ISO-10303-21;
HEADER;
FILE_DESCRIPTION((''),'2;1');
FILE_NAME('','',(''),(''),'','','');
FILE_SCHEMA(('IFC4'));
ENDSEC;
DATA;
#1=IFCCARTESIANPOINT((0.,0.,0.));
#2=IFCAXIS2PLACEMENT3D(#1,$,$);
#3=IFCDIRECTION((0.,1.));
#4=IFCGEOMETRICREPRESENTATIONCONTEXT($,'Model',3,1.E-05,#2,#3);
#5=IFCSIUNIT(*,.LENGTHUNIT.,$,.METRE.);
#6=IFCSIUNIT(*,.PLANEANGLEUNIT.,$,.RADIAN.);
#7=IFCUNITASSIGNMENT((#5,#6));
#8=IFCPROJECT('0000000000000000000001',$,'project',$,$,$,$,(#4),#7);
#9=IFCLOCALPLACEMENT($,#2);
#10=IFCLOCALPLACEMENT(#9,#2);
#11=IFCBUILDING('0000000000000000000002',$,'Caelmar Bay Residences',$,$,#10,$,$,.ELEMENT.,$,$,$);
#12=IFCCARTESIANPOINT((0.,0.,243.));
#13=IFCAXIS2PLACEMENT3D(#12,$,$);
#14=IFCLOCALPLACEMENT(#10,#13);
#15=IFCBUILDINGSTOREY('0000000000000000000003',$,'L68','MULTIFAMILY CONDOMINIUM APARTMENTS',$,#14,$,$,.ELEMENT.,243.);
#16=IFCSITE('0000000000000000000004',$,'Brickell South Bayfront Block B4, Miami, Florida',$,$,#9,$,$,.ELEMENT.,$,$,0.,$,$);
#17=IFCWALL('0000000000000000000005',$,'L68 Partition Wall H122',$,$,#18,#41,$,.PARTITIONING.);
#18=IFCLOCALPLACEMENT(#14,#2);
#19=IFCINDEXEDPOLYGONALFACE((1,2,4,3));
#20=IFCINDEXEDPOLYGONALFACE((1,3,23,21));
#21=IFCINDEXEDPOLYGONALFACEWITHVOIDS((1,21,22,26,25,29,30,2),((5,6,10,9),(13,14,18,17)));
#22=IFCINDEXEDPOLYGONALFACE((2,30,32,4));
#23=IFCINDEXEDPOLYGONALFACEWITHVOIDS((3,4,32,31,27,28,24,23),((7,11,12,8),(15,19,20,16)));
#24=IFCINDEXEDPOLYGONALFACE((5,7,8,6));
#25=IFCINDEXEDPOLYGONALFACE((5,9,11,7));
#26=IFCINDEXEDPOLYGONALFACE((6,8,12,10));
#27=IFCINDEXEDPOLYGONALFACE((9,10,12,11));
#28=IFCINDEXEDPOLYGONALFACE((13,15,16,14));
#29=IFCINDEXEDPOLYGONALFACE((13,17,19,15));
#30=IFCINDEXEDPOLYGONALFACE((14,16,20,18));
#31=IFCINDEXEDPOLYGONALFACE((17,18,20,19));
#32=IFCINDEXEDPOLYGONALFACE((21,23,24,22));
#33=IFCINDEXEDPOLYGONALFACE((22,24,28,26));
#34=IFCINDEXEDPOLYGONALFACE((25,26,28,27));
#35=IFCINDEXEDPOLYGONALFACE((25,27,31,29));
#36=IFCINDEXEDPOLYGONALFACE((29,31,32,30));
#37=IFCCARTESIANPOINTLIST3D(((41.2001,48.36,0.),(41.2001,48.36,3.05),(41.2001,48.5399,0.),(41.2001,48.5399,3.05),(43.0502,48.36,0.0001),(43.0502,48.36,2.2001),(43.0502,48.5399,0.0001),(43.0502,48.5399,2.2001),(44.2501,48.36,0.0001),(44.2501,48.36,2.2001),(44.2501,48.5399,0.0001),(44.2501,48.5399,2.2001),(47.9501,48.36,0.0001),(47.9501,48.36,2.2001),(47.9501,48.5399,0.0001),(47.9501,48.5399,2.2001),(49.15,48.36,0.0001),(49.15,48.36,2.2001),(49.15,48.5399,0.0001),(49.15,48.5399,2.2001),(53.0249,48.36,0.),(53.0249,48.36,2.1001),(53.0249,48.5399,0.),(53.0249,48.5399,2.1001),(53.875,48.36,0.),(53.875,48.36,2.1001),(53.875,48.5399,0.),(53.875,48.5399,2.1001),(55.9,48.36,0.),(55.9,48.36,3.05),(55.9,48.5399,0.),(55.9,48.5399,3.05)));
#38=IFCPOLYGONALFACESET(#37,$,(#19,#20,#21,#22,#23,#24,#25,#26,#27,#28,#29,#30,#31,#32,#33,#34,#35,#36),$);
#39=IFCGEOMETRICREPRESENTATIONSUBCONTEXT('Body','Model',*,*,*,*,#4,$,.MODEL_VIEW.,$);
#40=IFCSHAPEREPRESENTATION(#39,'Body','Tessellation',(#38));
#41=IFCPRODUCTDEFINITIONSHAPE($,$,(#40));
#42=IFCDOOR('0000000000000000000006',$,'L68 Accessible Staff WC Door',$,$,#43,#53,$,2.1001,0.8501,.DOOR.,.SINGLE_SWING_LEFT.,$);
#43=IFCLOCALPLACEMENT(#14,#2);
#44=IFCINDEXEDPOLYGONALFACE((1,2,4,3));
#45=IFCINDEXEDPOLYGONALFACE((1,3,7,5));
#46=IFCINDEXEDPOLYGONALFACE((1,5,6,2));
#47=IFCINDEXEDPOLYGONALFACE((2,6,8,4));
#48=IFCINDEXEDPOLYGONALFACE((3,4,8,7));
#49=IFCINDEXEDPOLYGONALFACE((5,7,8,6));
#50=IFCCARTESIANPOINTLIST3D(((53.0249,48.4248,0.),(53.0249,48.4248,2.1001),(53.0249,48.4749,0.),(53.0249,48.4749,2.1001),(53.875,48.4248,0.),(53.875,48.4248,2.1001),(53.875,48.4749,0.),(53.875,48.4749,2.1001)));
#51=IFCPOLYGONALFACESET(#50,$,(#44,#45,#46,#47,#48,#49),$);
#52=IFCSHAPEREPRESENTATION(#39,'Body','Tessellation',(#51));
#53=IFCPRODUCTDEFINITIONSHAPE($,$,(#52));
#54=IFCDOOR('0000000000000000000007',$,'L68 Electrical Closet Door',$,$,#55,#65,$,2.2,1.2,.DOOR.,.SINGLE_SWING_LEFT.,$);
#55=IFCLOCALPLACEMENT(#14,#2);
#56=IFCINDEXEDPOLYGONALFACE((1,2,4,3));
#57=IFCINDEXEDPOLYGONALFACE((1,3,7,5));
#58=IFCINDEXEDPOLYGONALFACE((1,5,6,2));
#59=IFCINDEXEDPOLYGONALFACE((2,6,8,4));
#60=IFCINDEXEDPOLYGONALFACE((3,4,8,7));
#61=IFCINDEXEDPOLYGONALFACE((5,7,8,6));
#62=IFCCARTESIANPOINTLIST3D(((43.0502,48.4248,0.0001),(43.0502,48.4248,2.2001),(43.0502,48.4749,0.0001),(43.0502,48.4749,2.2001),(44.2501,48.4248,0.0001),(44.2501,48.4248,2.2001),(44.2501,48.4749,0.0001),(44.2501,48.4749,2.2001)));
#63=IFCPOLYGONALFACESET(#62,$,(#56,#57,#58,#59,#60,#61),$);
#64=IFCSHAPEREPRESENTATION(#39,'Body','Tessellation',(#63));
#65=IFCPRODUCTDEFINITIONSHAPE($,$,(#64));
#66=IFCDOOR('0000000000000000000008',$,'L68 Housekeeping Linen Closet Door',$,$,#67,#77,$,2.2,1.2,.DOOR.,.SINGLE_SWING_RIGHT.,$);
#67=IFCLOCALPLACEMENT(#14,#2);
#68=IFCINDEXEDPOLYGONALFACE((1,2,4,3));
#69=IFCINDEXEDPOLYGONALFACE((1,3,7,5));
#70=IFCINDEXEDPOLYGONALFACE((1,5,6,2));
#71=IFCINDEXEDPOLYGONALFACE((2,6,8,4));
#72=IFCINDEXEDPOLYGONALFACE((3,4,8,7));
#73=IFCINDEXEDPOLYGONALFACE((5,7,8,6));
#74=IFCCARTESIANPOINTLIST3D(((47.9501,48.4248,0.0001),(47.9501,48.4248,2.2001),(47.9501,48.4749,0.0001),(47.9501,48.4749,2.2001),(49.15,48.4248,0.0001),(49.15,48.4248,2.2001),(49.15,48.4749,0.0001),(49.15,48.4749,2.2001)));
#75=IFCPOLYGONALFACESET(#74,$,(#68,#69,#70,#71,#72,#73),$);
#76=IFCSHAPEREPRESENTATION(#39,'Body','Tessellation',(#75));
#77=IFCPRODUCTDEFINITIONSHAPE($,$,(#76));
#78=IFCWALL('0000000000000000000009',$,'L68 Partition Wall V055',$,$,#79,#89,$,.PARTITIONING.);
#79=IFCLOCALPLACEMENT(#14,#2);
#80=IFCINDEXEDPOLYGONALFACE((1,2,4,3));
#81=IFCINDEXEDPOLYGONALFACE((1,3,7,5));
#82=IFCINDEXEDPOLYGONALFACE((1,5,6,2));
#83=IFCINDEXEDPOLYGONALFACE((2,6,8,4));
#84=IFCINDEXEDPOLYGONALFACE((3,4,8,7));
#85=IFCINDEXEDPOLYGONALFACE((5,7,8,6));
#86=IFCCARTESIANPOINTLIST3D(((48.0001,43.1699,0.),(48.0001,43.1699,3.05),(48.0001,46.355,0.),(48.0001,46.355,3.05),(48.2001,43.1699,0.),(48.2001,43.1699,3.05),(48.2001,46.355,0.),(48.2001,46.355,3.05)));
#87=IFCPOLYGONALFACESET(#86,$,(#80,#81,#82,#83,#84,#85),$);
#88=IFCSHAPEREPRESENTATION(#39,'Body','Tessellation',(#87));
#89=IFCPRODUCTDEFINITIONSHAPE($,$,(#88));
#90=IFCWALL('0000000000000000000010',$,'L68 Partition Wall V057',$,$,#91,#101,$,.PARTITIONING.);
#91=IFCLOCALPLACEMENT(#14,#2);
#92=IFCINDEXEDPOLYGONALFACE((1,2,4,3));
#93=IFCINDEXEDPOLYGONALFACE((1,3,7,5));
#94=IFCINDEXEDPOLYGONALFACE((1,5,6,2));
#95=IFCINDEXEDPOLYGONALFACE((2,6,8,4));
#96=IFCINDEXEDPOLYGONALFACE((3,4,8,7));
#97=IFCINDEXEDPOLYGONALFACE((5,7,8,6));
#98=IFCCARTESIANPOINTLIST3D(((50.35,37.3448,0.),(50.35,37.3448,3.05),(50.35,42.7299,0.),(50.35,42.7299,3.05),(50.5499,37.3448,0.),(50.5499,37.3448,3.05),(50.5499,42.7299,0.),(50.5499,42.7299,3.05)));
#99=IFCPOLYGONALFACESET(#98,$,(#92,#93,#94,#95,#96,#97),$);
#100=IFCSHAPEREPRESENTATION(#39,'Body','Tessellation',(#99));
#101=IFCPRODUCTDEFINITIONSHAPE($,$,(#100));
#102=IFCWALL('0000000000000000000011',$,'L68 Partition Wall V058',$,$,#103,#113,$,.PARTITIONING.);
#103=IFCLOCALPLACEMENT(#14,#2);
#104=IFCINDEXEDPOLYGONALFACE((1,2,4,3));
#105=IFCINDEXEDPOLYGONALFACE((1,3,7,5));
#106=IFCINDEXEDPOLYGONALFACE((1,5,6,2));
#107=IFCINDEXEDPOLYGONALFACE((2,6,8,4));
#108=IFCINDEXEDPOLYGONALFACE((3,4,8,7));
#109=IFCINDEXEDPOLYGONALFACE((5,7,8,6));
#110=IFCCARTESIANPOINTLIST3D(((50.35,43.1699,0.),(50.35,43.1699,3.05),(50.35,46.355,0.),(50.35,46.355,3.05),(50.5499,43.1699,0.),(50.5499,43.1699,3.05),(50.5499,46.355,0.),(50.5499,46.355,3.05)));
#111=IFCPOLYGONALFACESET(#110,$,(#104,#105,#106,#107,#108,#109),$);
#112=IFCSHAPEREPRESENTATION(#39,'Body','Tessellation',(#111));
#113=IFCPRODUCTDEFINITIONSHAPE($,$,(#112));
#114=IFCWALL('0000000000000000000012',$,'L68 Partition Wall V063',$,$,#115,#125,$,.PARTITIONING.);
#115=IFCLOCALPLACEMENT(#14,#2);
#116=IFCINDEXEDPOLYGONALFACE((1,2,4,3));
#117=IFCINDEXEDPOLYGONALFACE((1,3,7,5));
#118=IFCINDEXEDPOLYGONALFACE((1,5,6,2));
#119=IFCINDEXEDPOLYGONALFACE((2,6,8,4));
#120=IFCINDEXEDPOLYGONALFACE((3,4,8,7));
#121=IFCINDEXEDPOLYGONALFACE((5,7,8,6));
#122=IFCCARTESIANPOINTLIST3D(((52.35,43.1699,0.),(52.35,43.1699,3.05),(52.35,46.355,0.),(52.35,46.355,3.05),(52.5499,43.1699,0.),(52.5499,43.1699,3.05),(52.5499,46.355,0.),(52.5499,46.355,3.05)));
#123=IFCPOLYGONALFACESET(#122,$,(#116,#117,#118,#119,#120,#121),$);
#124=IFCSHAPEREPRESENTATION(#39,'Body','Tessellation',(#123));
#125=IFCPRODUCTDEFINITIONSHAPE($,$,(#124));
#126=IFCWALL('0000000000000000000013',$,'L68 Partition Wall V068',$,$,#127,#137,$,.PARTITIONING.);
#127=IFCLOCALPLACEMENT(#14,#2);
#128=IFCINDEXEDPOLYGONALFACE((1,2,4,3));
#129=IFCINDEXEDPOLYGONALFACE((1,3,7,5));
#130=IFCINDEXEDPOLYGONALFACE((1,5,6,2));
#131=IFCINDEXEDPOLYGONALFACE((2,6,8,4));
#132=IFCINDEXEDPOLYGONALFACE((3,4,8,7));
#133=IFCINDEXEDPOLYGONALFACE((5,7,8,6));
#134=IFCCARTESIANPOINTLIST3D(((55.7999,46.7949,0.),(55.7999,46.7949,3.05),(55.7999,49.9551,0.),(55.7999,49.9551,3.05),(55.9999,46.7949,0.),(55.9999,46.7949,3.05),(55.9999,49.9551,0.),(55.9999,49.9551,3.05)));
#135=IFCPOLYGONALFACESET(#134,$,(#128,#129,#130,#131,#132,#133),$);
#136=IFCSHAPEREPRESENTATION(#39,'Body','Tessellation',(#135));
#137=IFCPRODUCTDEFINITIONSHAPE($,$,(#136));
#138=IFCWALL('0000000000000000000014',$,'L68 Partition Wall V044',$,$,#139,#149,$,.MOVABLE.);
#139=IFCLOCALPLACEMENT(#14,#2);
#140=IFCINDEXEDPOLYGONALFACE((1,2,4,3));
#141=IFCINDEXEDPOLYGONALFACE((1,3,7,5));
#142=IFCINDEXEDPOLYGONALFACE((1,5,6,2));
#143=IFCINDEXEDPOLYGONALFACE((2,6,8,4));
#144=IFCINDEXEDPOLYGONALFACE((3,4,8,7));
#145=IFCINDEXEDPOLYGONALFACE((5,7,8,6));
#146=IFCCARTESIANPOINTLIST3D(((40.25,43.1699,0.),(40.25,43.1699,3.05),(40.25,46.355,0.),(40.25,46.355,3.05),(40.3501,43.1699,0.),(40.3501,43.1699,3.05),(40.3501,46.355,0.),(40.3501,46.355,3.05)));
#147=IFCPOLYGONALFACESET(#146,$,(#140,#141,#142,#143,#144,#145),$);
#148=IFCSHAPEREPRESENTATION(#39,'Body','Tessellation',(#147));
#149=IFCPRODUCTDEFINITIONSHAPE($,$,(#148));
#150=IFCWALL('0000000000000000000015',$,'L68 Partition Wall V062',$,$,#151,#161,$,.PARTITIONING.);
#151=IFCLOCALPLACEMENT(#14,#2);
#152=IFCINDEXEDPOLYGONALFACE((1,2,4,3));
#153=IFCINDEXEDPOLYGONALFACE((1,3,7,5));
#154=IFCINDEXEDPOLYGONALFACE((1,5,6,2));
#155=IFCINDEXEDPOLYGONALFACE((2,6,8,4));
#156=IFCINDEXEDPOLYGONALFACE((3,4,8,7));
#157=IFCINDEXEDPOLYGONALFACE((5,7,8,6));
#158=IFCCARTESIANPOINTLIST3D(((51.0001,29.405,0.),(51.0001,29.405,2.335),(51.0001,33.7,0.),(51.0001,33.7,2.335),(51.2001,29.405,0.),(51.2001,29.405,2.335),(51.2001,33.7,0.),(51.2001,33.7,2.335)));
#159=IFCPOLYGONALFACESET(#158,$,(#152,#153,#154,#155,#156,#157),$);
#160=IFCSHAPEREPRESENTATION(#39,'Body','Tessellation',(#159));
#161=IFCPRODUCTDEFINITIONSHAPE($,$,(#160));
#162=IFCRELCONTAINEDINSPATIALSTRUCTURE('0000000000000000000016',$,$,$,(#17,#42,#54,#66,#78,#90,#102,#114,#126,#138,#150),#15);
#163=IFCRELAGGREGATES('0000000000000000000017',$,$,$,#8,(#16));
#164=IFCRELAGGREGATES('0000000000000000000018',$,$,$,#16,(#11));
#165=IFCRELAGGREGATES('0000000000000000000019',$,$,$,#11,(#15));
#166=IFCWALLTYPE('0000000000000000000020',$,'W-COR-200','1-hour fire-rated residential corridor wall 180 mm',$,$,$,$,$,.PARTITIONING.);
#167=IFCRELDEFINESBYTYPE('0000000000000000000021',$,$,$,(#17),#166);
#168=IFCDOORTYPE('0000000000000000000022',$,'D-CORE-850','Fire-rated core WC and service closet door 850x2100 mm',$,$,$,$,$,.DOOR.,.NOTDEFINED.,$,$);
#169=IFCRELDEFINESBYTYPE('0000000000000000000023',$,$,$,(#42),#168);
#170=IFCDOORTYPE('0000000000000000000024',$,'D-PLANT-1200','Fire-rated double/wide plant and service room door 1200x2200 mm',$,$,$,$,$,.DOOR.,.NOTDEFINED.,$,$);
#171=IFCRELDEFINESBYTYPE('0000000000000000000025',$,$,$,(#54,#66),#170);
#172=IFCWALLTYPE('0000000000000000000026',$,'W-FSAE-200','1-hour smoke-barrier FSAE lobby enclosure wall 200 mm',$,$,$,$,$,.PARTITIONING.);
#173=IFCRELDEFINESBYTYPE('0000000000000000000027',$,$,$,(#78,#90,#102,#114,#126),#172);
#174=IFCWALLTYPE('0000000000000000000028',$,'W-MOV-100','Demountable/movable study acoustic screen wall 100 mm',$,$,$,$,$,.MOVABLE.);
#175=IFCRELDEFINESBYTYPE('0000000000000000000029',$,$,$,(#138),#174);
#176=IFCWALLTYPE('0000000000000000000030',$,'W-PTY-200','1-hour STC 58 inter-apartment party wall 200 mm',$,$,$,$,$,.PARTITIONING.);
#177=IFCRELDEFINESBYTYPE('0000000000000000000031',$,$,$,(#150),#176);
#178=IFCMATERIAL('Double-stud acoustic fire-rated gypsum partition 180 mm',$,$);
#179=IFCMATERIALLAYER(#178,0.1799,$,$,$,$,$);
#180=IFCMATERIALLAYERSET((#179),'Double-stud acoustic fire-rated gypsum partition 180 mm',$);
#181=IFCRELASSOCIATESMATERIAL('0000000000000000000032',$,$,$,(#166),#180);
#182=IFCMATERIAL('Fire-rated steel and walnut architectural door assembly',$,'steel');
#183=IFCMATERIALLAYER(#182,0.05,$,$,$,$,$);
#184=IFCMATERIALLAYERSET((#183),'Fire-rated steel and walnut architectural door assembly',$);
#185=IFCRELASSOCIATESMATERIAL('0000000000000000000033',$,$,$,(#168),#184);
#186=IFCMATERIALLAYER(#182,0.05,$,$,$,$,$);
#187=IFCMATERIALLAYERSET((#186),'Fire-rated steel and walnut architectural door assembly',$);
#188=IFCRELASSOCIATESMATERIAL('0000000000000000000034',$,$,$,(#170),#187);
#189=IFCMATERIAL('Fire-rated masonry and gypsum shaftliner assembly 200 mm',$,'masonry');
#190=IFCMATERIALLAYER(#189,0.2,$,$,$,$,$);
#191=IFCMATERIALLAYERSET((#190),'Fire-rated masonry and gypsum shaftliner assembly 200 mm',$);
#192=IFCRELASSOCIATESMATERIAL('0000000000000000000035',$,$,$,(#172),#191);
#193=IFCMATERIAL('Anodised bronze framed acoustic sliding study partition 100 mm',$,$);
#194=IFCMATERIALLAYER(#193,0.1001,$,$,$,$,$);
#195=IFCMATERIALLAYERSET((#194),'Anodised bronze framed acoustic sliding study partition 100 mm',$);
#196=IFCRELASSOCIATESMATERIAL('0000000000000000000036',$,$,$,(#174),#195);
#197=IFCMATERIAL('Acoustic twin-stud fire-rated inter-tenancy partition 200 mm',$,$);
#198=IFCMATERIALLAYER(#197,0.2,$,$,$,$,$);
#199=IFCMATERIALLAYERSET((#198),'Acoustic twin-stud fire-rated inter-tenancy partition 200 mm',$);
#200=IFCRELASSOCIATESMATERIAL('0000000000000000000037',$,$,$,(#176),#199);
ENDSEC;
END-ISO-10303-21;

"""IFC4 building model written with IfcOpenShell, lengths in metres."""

from ifc_helpers import new_model, si_unit, direction, frame, frame_2d, origin, place, context, subcontext, project, spatial, rectangle, extrude, material, layer, layer_set, type_object, element, fill, save


model = new_model("IFC4")

# Units and contexts
model_context = context("Model", 3, precision=1e-05, world=origin(), true_north=direction((0.0, 1.0)))
body_context = subcontext(model_context, "Body", "Model", "MODEL_VIEW")
ifc_project = project(units=[si_unit("LENGTHUNIT", "METRE"), si_unit("PLANEANGLEUNIT", "RADIAN")], contexts=[model_context])

# Site, building, storey
site_placement = place(None, origin())
site = spatial("IfcSite", under=ifc_project, at=site_placement, Name="Brickell South Bayfront Block B4, Miami, Florida", CompositionType="ELEMENT", RefElevation=0.0)
building_placement = place(site_placement, origin())
building = spatial("IfcBuilding", under=site, at=building_placement, Name="Caelmar Bay Residences", CompositionType="ELEMENT")
storey_placement = place(building_placement, frame((0.0, 0.0, 243.0)))
storey = spatial("IfcBuildingStorey", under=building, at=storey_placement, Name="L68", Description="MULTIFAMILY CONDOMINIUM APARTMENTS", CompositionType="ELEMENT", Elevation=243.0)

# Shared definitions
ifc_material_1 = material(Name="Fire-rated steel and walnut architectural door assembly", Category="steel")
ifc_material_2 = material(Name="Double-stud acoustic fire-rated gypsum partition 180 mm")
ifc_layer_1 = layer(ifc_material_2, 0.1799)
ifc_layer_set_1 = layer_set([ifc_layer_1], Name="Double-stud acoustic fire-rated gypsum partition 180 mm")
wall_type_1 = type_object("IfcWallType", Name="W-COR-200", Description="1-hour fire-rated residential corridor wall 180 mm", PredefinedType="PARTITIONING", material=ifc_layer_set_1)

# Wall, openings, doors
wall_1_placement = place(storey_placement, frame((41.2, 48.45, 0.0), z_axis=(0.0, 0.0, 1.0), x_axis=(1.0, 0.0, 0.0)))
wall_1 = element("IfcWall", 1, at=wall_1_placement, inside=storey, type_object=wall_type_1, Name="L68 Partition Wall H122", PredefinedType="PARTITIONING", context=body_context, shape_type="SweptSolid", body=[
    extrude(rectangle(XDim=14.7, YDim=0.1799, at=frame_2d((7.3501, 0.0))), origin(), (0.0, 0.0, 1.0), 3.05),
])
opening_1_placement = place(wall_1_placement, frame((1.8501, 0.0, 0.0)))
opening_1 = element("IfcOpeningElement", 2, at=opening_1_placement, cuts=wall_1, PredefinedType="OPENING", context=body_context, shape_type="SweptSolid", body=[
    extrude(rectangle(XDim=1.2, YDim=2.2, at=frame_2d((0.6001, 1.1001))), frame((0.0, 0.0999, 0.0), z_axis=(0.0, -1.0, 0.0), x_axis=(1.0, 0.0, 0.0)), (0.0, 0.0, 1.0), 0.2),
])
opening_2_placement = place(wall_1_placement, frame((6.75, 0.0, 0.0)))
opening_2 = element("IfcOpeningElement", 3, at=opening_2_placement, cuts=wall_1, PredefinedType="OPENING", context=body_context, shape_type="SweptSolid", body=[
    extrude(rectangle(XDim=1.2, YDim=2.2, at=frame_2d((0.6001, 1.1001))), frame((0.0, 0.0999, 0.0), z_axis=(0.0, -1.0, 0.0), x_axis=(1.0, 0.0, 0.0)), (0.0, 0.0, 1.0), 0.2),
])
opening_3_placement = place(wall_1_placement, frame((11.825, 0.0, 0.0)))
opening_3 = element("IfcOpeningElement", 4, at=opening_3_placement, cuts=wall_1, PredefinedType="OPENING", context=body_context, shape_type="SweptSolid", body=[
    extrude(rectangle(XDim=0.8501, YDim=2.1001, at=frame_2d((0.425, 1.05))), frame((0.0, 0.0999, 0.0), z_axis=(0.0, -1.0, 0.0), x_axis=(1.0, 0.0, 0.0)), (0.0, 0.0, 1.0), 0.2),
])
ifc_layer_2 = layer(ifc_material_1, 0.05)
ifc_layer_set_2 = layer_set([ifc_layer_2], Name="Fire-rated steel and walnut architectural door assembly")
door_type_1 = type_object("IfcDoorType", Name="D-CORE-850", Description="Fire-rated core WC and service closet door 850x2100 mm", OperationType="NOTDEFINED", PredefinedType="DOOR", material=ifc_layer_set_2)
door_1_placement = place(opening_3_placement, origin())
door_1 = element("IfcDoor", 5, at=door_1_placement, inside=storey, type_object=door_type_1, Name="L68 Accessible Staff WC Door", OperationType="SINGLE_SWING_LEFT", OverallHeight=2.1001, OverallWidth=0.8501, PredefinedType="DOOR", context=body_context, shape_type="SweptSolid", body=[
    extrude(rectangle(XDim=0.8501, YDim=2.1001, at=frame_2d((0.425, 1.05))), frame((0.0, 0.0249, 0.0), z_axis=(0.0, -1.0, 0.0), x_axis=(1.0, 0.0, 0.0)), (0.0, 0.0, 1.0), 0.05),
])
fill(opening_3, door_1)
ifc_layer_3 = layer(ifc_material_1, 0.05)
ifc_layer_set_3 = layer_set([ifc_layer_3], Name="Fire-rated steel and walnut architectural door assembly")
door_type_2 = type_object("IfcDoorType", Name="D-PLANT-1200", Description="Fire-rated double/wide plant and service room door 1200x2200 mm", OperationType="NOTDEFINED", PredefinedType="DOOR", material=ifc_layer_set_3)
door_2_placement = place(opening_1_placement, origin())
door_2 = element("IfcDoor", 6, at=door_2_placement, inside=storey, type_object=door_type_2, Name="L68 Electrical Closet Door", OperationType="SINGLE_SWING_LEFT", OverallHeight=2.2, OverallWidth=1.2, PredefinedType="DOOR", context=body_context, shape_type="SweptSolid", body=[
    extrude(rectangle(XDim=1.2, YDim=2.2, at=frame_2d((0.6001, 1.1001))), frame((0.0, 0.0249, 0.0), z_axis=(0.0, -1.0, 0.0), x_axis=(1.0, 0.0, 0.0)), (0.0, 0.0, 1.0), 0.05),
])
fill(opening_1, door_2)
door_3_placement = place(opening_2_placement, origin())
door_3 = element("IfcDoor", 7, at=door_3_placement, inside=storey, type_object=door_type_2, Name="L68 Housekeeping Linen Closet Door", OperationType="SINGLE_SWING_RIGHT", OverallHeight=2.2, OverallWidth=1.2, PredefinedType="DOOR", context=body_context, shape_type="SweptSolid", body=[
    extrude(rectangle(XDim=1.2, YDim=2.2, at=frame_2d((0.6001, 1.1001))), frame((0.0, 0.0249, 0.0), z_axis=(0.0, -1.0, 0.0), x_axis=(1.0, 0.0, 0.0)), (0.0, 0.0, 1.0), 0.05),
])
fill(opening_2, door_3)

# Walls
ifc_material_3 = material(Name="Fire-rated masonry and gypsum shaftliner assembly 200 mm", Category="masonry")
ifc_layer_4 = layer(ifc_material_3, 0.2)
ifc_layer_set_4 = layer_set([ifc_layer_4], Name="Fire-rated masonry and gypsum shaftliner assembly 200 mm")
wall_type_2 = type_object("IfcWallType", Name="W-FSAE-200", Description="1-hour smoke-barrier FSAE lobby enclosure wall 200 mm", PredefinedType="PARTITIONING", material=ifc_layer_set_4)
wall_2_placement = place(storey_placement, frame((48.1001, 43.1699, 0.0), z_axis=(0.0, 0.0, 1.0), x_axis=(0.0, 1.0, 0.0)))
element("IfcWall", 8, at=wall_2_placement, inside=storey, type_object=wall_type_2, Name="L68 Partition Wall V055", PredefinedType="PARTITIONING", context=body_context, shape_type="SweptSolid", body=[
    extrude(rectangle(XDim=3.1851, YDim=0.2, at=frame_2d((1.5925, 0.0))), origin(), (0.0, 0.0, 1.0), 3.05),
])
wall_3_placement = place(storey_placement, frame((50.45, 37.345, 0.0), z_axis=(0.0, 0.0, 1.0), x_axis=(0.0, 1.0, 0.0)))
element("IfcWall", 9, at=wall_3_placement, inside=storey, type_object=wall_type_2, Name="L68 Partition Wall V057", PredefinedType="PARTITIONING", context=body_context, shape_type="SweptSolid", body=[
    extrude(rectangle(XDim=5.385, YDim=0.2, at=frame_2d((2.6924, 0.0))), origin(), (0.0, 0.0, 1.0), 3.05),
])
for number, where, z_axis, x_axis, name in (
    (10, (50.45, 43.1699, 0.0), (0.0, 0.0, 1.0), (0.0, 1.0, 0.0), "L68 Partition Wall V058"),
    (11, (52.45, 43.1699, 0.0), (0.0, 0.0, 1.0), (0.0, 1.0, 0.0), "L68 Partition Wall V063"),
):
    element("IfcWall", number, at=place(storey_placement, frame(where, z_axis=z_axis, x_axis=x_axis)), inside=storey, type_object=wall_type_2, Name=name, PredefinedType="PARTITIONING", context=body_context, shape_type="SweptSolid", body=[
        extrude(rectangle(XDim=3.1851, YDim=0.2, at=frame_2d((1.5925, 0.0))), origin(), (0.0, 0.0, 1.0), 3.05),
    ])
wall_4_placement = place(storey_placement, frame((55.8999, 46.7949, 0.0), z_axis=(0.0, 0.0, 1.0), x_axis=(0.0, 1.0, 0.0)))
element("IfcWall", 12, at=wall_4_placement, inside=storey, type_object=wall_type_2, Name="L68 Partition Wall V068", PredefinedType="PARTITIONING", context=body_context, shape_type="SweptSolid", body=[
    extrude(rectangle(XDim=3.1602, YDim=0.2, at=frame_2d((1.5801, 0.0))), origin(), (0.0, 0.0, 1.0), 3.05),
])
ifc_material_4 = material(Name="Anodised bronze framed acoustic sliding study partition 100 mm")
ifc_layer_5 = layer(ifc_material_4, 0.1001)
ifc_layer_set_5 = layer_set([ifc_layer_5], Name="Anodised bronze framed acoustic sliding study partition 100 mm")
wall_type_3 = type_object("IfcWallType", Name="W-MOV-100", Description="Demountable/movable study acoustic screen wall 100 mm", PredefinedType="MOVABLE", material=ifc_layer_set_5)
wall_5_placement = place(storey_placement, frame((40.3, 43.1699, 0.0), z_axis=(0.0, 0.0, 1.0), x_axis=(0.0, 1.0, 0.0)))
element("IfcWall", 13, at=wall_5_placement, inside=storey, type_object=wall_type_3, Name="L68 Partition Wall V044", PredefinedType="MOVABLE", context=body_context, shape_type="SweptSolid", body=[
    extrude(rectangle(XDim=3.1851, YDim=0.1001, at=frame_2d((1.5925, 0.0))), origin(), (0.0, 0.0, 1.0), 3.05),
])
ifc_material_5 = material(Name="Acoustic twin-stud fire-rated inter-tenancy partition 200 mm")
ifc_layer_6 = layer(ifc_material_5, 0.2)
ifc_layer_set_6 = layer_set([ifc_layer_6], Name="Acoustic twin-stud fire-rated inter-tenancy partition 200 mm")
wall_type_4 = type_object("IfcWallType", Name="W-PTY-200", Description="1-hour STC 58 inter-apartment party wall 200 mm", PredefinedType="PARTITIONING", material=ifc_layer_set_6)
wall_6_placement = place(storey_placement, frame((51.1001, 29.405, 0.0), z_axis=(0.0, 0.0, 1.0), x_axis=(0.0, 1.0, 0.0)))
element("IfcWall", 14, at=wall_6_placement, inside=storey, type_object=wall_type_4, Name="L68 Partition Wall V062", PredefinedType="PARTITIONING", context=body_context, shape_type="SweptSolid", body=[
    extrude(rectangle(XDim=4.2949, YDim=0.2, at=frame_2d((2.1475, 0.0))), origin(), (0.0, 0.0, 1.0), 2.335),
])

save(model, "model.ifc")
